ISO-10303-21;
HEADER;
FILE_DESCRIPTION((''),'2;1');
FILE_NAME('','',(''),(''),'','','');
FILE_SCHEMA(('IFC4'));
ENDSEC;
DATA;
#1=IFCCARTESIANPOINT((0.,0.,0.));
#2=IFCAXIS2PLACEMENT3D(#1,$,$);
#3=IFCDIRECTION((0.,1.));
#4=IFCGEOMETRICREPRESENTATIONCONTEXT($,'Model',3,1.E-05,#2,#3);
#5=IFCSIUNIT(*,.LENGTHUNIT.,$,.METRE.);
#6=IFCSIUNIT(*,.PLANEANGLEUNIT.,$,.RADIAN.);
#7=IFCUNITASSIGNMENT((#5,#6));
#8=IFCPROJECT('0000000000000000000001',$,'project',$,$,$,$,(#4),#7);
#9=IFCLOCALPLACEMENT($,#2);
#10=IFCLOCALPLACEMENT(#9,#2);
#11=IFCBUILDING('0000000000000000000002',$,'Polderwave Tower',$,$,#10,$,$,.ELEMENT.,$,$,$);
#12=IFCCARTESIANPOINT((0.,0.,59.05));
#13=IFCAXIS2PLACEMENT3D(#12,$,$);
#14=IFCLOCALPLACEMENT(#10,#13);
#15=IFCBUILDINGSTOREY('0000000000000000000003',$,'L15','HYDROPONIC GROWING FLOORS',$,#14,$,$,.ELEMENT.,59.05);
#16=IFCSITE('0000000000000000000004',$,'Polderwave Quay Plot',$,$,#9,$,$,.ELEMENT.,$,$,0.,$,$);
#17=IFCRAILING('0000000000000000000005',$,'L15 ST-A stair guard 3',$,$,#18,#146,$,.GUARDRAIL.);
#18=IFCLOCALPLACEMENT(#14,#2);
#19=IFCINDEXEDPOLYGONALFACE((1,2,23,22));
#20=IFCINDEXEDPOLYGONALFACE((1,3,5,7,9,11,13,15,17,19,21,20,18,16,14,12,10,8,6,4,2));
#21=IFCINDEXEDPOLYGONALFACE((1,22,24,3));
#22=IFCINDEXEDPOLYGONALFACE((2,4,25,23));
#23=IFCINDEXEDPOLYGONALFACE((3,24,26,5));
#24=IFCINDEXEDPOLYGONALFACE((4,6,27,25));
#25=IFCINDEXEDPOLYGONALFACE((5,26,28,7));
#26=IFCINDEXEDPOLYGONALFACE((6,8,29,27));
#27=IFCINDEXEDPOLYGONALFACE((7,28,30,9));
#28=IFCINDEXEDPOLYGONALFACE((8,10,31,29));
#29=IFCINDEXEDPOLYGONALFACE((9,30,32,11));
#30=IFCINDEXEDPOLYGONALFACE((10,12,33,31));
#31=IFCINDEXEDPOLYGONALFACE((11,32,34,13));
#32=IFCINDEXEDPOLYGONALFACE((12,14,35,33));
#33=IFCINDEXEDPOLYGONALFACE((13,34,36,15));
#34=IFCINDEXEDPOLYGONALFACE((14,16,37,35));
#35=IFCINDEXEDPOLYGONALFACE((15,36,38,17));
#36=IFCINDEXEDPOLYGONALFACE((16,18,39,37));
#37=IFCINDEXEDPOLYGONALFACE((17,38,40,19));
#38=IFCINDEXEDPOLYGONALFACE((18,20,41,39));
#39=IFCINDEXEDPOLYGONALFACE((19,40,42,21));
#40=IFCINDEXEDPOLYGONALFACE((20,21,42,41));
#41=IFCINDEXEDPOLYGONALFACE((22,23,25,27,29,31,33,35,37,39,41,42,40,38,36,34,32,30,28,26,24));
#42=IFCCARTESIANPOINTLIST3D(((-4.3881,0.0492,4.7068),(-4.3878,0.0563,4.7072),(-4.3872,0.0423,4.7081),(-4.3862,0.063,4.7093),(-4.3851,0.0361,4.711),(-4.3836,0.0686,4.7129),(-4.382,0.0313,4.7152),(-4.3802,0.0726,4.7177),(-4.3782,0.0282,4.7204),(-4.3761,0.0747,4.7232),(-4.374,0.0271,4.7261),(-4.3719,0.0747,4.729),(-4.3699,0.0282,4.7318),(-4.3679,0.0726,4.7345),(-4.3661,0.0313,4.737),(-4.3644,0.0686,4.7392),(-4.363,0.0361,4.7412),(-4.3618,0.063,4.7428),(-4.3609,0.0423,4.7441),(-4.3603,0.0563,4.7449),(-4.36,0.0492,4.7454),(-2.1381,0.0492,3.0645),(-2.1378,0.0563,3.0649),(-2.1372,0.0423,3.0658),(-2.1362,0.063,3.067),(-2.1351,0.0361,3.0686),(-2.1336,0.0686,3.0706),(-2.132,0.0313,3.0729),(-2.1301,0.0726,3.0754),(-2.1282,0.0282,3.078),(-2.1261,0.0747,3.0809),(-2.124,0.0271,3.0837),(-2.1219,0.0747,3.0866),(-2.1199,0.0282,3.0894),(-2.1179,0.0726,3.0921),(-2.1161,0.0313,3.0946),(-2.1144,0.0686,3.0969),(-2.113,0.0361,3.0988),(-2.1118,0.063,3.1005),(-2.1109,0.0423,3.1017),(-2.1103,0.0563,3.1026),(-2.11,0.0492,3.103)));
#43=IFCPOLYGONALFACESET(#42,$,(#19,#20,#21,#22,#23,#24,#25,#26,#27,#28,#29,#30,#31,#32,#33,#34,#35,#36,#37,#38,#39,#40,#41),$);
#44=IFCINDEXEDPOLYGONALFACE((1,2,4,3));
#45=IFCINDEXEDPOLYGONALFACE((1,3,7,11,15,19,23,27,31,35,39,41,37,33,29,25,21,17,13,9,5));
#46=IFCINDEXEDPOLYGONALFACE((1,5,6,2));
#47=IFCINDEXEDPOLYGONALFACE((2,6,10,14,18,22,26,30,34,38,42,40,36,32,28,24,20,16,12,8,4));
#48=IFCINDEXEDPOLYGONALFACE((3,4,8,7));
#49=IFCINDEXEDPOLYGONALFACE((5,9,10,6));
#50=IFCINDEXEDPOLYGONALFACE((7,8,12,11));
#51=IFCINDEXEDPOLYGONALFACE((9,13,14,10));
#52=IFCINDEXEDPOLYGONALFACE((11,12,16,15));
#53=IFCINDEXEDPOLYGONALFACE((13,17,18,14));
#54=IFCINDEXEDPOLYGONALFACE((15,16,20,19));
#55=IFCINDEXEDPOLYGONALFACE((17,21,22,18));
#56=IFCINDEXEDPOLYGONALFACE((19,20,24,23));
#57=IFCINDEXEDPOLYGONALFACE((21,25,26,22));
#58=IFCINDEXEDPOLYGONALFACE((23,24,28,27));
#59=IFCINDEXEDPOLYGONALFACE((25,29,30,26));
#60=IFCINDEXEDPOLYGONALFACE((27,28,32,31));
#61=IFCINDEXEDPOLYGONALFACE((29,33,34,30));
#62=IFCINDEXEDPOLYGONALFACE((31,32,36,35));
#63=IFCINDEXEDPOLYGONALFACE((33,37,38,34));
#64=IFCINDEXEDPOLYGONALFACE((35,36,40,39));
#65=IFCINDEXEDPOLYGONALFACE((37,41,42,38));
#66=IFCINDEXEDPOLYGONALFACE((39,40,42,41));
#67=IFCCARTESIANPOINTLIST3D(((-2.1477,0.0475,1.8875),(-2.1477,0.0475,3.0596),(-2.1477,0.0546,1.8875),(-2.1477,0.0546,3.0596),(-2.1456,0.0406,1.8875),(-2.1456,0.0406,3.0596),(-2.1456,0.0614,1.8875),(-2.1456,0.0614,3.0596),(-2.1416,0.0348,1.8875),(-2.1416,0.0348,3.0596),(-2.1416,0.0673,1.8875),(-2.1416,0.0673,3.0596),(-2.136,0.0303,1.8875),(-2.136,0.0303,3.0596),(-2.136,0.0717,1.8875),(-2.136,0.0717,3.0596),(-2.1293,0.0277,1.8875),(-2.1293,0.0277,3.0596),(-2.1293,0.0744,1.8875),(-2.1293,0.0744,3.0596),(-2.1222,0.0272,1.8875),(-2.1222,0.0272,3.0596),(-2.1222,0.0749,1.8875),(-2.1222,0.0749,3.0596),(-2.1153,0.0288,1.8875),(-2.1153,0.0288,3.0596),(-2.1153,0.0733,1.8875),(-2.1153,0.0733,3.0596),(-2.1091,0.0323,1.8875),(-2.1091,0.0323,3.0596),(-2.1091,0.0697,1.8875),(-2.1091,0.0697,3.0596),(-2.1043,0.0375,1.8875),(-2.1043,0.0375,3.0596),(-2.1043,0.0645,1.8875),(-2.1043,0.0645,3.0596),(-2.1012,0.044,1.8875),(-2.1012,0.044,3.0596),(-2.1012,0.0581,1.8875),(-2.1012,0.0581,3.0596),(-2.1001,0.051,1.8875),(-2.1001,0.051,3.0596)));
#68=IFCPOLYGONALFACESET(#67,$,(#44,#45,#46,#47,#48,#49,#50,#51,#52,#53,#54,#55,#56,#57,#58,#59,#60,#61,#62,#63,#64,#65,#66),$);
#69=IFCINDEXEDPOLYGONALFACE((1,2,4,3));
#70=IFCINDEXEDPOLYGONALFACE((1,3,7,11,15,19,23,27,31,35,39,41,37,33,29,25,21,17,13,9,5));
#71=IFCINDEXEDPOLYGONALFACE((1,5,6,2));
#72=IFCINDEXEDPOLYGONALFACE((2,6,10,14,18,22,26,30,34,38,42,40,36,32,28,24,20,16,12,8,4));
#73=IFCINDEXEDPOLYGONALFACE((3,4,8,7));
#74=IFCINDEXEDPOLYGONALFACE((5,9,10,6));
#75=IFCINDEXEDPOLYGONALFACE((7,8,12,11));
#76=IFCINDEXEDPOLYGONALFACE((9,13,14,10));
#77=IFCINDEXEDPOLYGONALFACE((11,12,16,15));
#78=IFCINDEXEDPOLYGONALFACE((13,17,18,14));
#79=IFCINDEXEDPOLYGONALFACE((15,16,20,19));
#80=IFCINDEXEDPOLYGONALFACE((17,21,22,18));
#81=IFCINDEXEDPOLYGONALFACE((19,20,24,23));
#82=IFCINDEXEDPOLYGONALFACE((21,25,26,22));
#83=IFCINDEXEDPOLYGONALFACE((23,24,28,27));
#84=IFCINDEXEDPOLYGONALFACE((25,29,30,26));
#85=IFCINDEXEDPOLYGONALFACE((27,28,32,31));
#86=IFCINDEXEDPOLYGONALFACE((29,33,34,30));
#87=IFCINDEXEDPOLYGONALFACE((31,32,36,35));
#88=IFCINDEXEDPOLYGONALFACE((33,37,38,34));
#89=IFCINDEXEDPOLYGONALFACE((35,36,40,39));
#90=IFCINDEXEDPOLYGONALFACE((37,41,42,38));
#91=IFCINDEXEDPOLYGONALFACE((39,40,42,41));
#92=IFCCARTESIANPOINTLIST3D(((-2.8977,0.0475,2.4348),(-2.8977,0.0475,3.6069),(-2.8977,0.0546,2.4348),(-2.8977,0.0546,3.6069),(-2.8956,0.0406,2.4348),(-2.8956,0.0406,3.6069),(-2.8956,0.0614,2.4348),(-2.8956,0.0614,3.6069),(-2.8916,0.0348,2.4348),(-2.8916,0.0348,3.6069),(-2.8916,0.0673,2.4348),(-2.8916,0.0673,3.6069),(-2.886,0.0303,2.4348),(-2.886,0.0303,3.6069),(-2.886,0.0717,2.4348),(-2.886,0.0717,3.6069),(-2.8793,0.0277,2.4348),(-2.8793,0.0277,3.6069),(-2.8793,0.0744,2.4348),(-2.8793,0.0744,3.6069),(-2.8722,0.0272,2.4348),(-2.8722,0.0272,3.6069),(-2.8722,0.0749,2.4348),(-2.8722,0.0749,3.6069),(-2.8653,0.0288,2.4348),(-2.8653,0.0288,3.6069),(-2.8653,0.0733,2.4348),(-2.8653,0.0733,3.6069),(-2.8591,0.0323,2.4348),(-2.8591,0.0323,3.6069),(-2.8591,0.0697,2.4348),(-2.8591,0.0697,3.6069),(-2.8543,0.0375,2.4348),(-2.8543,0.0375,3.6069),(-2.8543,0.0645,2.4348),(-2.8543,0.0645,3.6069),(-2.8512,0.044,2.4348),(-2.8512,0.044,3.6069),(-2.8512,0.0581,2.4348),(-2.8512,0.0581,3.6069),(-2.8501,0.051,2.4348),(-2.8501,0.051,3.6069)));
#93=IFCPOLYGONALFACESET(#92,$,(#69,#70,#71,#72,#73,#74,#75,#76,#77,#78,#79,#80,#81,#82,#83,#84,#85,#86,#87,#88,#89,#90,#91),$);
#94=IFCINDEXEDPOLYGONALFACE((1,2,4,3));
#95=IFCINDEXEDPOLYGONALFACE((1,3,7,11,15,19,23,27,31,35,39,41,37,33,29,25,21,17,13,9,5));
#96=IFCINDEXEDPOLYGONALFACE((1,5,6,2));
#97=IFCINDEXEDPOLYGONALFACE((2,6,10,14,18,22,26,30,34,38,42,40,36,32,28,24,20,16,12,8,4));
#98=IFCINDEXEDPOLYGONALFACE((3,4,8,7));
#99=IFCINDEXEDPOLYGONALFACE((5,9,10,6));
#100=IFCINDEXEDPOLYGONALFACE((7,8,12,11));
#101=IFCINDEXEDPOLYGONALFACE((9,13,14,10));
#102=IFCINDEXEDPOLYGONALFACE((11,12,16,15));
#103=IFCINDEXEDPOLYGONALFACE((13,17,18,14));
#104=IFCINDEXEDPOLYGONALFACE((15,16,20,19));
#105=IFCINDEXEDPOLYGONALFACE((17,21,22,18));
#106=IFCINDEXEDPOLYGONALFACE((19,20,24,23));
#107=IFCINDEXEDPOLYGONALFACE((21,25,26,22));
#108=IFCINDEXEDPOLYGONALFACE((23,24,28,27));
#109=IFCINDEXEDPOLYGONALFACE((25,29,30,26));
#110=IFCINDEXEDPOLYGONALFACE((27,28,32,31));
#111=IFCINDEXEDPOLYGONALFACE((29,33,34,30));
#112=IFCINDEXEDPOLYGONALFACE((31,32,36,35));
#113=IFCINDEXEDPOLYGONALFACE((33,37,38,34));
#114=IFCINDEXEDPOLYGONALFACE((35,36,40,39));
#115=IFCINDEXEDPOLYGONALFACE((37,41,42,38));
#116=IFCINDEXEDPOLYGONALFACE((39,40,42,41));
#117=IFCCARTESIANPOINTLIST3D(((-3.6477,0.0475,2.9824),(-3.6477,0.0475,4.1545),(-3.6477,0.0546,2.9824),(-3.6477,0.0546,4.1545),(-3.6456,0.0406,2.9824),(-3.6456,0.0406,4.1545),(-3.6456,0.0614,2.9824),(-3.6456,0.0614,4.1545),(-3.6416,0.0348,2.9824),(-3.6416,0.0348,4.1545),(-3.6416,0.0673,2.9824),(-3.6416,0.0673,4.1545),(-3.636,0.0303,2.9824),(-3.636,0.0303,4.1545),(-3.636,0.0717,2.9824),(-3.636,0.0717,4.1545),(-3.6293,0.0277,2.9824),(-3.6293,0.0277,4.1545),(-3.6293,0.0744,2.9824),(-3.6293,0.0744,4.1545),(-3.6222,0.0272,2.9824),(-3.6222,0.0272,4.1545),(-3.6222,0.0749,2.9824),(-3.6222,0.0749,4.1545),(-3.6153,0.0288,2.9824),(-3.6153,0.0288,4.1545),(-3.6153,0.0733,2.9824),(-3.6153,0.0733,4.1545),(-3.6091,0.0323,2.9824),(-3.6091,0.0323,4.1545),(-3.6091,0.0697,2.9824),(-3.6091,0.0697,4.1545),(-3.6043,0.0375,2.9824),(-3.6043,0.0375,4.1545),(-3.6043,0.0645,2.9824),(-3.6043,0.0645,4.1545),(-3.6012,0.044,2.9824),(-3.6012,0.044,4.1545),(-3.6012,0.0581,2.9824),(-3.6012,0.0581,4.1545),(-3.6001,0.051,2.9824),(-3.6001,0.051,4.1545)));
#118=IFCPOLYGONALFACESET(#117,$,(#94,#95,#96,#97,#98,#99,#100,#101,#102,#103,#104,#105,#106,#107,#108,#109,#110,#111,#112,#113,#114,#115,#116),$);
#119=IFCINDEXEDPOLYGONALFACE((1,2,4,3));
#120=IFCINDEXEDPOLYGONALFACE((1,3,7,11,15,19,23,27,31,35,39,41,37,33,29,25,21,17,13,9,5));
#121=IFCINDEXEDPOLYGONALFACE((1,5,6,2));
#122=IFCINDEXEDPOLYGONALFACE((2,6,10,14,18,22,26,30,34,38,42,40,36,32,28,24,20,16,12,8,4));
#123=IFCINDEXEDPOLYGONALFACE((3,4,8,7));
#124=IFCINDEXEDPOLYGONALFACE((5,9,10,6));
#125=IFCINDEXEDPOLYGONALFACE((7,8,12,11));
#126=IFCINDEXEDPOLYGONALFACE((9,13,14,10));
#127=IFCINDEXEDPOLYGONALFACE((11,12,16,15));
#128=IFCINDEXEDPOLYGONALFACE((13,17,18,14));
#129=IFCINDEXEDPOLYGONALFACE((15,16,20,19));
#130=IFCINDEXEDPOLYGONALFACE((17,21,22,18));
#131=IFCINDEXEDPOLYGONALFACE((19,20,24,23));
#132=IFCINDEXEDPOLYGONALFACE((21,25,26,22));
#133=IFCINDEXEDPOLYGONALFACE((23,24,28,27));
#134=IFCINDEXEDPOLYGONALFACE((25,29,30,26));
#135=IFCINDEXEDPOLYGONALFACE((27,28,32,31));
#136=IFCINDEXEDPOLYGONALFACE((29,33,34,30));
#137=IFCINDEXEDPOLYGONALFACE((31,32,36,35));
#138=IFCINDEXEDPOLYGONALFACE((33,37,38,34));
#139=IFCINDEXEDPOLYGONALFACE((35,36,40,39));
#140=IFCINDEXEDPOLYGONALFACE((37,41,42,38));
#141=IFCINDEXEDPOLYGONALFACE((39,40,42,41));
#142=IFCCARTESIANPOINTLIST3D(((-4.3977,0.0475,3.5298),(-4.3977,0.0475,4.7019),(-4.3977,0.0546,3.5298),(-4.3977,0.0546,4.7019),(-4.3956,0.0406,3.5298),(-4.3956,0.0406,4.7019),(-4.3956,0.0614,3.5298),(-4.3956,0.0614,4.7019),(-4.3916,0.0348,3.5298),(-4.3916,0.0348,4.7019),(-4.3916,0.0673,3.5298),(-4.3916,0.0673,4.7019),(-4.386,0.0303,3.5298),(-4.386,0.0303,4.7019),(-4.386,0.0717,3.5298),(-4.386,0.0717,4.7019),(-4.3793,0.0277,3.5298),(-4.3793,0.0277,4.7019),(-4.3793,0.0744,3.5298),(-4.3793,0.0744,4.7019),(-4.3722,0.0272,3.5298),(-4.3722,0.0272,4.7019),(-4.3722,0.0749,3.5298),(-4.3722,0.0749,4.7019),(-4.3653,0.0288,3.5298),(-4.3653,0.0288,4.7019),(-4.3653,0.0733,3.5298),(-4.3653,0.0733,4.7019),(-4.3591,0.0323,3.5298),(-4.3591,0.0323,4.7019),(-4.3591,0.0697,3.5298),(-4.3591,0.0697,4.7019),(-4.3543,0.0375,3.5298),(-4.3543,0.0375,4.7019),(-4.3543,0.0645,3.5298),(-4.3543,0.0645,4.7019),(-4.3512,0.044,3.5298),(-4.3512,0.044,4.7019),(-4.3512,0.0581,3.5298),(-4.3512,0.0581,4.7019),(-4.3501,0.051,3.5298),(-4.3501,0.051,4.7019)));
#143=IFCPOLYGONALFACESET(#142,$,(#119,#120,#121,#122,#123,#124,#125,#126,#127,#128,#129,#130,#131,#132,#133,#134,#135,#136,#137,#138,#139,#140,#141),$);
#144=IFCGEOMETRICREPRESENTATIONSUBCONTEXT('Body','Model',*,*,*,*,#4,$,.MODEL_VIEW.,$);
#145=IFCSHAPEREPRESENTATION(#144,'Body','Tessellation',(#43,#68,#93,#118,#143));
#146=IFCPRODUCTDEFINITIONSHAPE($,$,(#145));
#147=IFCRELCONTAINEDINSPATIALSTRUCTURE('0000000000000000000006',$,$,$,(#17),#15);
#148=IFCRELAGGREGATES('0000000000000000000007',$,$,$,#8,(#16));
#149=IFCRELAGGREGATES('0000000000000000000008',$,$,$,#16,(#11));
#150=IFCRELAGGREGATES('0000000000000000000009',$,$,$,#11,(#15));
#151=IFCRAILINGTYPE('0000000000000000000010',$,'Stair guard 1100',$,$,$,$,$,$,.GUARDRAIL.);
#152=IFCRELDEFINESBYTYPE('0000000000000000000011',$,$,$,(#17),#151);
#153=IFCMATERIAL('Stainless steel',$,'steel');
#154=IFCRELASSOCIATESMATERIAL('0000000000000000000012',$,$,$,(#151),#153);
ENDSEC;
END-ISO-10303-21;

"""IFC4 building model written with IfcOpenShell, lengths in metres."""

from ifc_helpers import new_model, si_unit, direction, frame, origin, origin_2d, place, context, subcontext, project, spatial, circle, extrude, material, type_object, element, save


model = new_model("IFC4")

# Units and contexts
model_context = context("Model", 3, precision=1e-05, world=origin(), true_north=direction((0.0, 1.0)))
body_context = subcontext(model_context, "Body", "Model", "MODEL_VIEW")
ifc_project = project(units=[si_unit("LENGTHUNIT", "METRE"), si_unit("PLANEANGLEUNIT", "RADIAN")], contexts=[model_context])

# Site, building, storey
site_placement = place(None, origin())
site = spatial("IfcSite", under=ifc_project, at=site_placement, Name="Polderwave Quay Plot", CompositionType="ELEMENT", RefElevation=0.0)
building_placement = place(site_placement, origin())
building = spatial("IfcBuilding", under=site, at=building_placement, Name="Polderwave Tower", CompositionType="ELEMENT")
storey_placement = place(building_placement, frame((0.0, 0.0, 59.05)))
storey = spatial("IfcBuildingStorey", under=building, at=storey_placement, Name="L15", Description="HYDROPONIC GROWING FLOORS", CompositionType="ELEMENT", Elevation=59.05)

# Railing
ifc_material_1 = material(Name="Stainless steel", Category="steel")
railing_type_1 = type_object("IfcRailingType", Name="Stair guard 1100", PredefinedType="GUARDRAIL", material=ifc_material_1)
railing_1_placement = place(storey_placement, frame((-2.124, 0.051, 1.8875)))
element("IfcRailing", 1, at=railing_1_placement, inside=storey, type_object=railing_type_1, Name="L15 ST-A stair guard 3", PredefinedType="GUARDRAIL", context=body_context, shape_type="SweptSolid", body=[
    extrude(circle(Radius=0.0239, at=origin_2d()), frame((0.0, 0.0, 1.1963), z_axis=(-0.807715, 0.0, 0.589573), x_axis=(0.0, -1.0, 0.0)), (0.0, 0.0, 1.0), 2.7856),
    extrude(circle(Radius=0.0239, at=origin_2d()), origin(), (0.0, 0.0, 1.0), 1.1721),
    extrude(circle(Radius=0.0239, at=origin_2d()), frame((-0.75, 0.0, 0.5474)), (0.0, 0.0, 1.0), 1.1721),
    extrude(circle(Radius=0.0239, at=origin_2d()), frame((-1.5, 0.0, 1.095)), (0.0, 0.0, 1.0), 1.1721),
    extrude(circle(Radius=0.0239, at=origin_2d()), frame((-2.25, 0.0, 1.6423)), (0.0, 0.0, 1.0), 1.1721),
])

save(model, "model.ifc")
